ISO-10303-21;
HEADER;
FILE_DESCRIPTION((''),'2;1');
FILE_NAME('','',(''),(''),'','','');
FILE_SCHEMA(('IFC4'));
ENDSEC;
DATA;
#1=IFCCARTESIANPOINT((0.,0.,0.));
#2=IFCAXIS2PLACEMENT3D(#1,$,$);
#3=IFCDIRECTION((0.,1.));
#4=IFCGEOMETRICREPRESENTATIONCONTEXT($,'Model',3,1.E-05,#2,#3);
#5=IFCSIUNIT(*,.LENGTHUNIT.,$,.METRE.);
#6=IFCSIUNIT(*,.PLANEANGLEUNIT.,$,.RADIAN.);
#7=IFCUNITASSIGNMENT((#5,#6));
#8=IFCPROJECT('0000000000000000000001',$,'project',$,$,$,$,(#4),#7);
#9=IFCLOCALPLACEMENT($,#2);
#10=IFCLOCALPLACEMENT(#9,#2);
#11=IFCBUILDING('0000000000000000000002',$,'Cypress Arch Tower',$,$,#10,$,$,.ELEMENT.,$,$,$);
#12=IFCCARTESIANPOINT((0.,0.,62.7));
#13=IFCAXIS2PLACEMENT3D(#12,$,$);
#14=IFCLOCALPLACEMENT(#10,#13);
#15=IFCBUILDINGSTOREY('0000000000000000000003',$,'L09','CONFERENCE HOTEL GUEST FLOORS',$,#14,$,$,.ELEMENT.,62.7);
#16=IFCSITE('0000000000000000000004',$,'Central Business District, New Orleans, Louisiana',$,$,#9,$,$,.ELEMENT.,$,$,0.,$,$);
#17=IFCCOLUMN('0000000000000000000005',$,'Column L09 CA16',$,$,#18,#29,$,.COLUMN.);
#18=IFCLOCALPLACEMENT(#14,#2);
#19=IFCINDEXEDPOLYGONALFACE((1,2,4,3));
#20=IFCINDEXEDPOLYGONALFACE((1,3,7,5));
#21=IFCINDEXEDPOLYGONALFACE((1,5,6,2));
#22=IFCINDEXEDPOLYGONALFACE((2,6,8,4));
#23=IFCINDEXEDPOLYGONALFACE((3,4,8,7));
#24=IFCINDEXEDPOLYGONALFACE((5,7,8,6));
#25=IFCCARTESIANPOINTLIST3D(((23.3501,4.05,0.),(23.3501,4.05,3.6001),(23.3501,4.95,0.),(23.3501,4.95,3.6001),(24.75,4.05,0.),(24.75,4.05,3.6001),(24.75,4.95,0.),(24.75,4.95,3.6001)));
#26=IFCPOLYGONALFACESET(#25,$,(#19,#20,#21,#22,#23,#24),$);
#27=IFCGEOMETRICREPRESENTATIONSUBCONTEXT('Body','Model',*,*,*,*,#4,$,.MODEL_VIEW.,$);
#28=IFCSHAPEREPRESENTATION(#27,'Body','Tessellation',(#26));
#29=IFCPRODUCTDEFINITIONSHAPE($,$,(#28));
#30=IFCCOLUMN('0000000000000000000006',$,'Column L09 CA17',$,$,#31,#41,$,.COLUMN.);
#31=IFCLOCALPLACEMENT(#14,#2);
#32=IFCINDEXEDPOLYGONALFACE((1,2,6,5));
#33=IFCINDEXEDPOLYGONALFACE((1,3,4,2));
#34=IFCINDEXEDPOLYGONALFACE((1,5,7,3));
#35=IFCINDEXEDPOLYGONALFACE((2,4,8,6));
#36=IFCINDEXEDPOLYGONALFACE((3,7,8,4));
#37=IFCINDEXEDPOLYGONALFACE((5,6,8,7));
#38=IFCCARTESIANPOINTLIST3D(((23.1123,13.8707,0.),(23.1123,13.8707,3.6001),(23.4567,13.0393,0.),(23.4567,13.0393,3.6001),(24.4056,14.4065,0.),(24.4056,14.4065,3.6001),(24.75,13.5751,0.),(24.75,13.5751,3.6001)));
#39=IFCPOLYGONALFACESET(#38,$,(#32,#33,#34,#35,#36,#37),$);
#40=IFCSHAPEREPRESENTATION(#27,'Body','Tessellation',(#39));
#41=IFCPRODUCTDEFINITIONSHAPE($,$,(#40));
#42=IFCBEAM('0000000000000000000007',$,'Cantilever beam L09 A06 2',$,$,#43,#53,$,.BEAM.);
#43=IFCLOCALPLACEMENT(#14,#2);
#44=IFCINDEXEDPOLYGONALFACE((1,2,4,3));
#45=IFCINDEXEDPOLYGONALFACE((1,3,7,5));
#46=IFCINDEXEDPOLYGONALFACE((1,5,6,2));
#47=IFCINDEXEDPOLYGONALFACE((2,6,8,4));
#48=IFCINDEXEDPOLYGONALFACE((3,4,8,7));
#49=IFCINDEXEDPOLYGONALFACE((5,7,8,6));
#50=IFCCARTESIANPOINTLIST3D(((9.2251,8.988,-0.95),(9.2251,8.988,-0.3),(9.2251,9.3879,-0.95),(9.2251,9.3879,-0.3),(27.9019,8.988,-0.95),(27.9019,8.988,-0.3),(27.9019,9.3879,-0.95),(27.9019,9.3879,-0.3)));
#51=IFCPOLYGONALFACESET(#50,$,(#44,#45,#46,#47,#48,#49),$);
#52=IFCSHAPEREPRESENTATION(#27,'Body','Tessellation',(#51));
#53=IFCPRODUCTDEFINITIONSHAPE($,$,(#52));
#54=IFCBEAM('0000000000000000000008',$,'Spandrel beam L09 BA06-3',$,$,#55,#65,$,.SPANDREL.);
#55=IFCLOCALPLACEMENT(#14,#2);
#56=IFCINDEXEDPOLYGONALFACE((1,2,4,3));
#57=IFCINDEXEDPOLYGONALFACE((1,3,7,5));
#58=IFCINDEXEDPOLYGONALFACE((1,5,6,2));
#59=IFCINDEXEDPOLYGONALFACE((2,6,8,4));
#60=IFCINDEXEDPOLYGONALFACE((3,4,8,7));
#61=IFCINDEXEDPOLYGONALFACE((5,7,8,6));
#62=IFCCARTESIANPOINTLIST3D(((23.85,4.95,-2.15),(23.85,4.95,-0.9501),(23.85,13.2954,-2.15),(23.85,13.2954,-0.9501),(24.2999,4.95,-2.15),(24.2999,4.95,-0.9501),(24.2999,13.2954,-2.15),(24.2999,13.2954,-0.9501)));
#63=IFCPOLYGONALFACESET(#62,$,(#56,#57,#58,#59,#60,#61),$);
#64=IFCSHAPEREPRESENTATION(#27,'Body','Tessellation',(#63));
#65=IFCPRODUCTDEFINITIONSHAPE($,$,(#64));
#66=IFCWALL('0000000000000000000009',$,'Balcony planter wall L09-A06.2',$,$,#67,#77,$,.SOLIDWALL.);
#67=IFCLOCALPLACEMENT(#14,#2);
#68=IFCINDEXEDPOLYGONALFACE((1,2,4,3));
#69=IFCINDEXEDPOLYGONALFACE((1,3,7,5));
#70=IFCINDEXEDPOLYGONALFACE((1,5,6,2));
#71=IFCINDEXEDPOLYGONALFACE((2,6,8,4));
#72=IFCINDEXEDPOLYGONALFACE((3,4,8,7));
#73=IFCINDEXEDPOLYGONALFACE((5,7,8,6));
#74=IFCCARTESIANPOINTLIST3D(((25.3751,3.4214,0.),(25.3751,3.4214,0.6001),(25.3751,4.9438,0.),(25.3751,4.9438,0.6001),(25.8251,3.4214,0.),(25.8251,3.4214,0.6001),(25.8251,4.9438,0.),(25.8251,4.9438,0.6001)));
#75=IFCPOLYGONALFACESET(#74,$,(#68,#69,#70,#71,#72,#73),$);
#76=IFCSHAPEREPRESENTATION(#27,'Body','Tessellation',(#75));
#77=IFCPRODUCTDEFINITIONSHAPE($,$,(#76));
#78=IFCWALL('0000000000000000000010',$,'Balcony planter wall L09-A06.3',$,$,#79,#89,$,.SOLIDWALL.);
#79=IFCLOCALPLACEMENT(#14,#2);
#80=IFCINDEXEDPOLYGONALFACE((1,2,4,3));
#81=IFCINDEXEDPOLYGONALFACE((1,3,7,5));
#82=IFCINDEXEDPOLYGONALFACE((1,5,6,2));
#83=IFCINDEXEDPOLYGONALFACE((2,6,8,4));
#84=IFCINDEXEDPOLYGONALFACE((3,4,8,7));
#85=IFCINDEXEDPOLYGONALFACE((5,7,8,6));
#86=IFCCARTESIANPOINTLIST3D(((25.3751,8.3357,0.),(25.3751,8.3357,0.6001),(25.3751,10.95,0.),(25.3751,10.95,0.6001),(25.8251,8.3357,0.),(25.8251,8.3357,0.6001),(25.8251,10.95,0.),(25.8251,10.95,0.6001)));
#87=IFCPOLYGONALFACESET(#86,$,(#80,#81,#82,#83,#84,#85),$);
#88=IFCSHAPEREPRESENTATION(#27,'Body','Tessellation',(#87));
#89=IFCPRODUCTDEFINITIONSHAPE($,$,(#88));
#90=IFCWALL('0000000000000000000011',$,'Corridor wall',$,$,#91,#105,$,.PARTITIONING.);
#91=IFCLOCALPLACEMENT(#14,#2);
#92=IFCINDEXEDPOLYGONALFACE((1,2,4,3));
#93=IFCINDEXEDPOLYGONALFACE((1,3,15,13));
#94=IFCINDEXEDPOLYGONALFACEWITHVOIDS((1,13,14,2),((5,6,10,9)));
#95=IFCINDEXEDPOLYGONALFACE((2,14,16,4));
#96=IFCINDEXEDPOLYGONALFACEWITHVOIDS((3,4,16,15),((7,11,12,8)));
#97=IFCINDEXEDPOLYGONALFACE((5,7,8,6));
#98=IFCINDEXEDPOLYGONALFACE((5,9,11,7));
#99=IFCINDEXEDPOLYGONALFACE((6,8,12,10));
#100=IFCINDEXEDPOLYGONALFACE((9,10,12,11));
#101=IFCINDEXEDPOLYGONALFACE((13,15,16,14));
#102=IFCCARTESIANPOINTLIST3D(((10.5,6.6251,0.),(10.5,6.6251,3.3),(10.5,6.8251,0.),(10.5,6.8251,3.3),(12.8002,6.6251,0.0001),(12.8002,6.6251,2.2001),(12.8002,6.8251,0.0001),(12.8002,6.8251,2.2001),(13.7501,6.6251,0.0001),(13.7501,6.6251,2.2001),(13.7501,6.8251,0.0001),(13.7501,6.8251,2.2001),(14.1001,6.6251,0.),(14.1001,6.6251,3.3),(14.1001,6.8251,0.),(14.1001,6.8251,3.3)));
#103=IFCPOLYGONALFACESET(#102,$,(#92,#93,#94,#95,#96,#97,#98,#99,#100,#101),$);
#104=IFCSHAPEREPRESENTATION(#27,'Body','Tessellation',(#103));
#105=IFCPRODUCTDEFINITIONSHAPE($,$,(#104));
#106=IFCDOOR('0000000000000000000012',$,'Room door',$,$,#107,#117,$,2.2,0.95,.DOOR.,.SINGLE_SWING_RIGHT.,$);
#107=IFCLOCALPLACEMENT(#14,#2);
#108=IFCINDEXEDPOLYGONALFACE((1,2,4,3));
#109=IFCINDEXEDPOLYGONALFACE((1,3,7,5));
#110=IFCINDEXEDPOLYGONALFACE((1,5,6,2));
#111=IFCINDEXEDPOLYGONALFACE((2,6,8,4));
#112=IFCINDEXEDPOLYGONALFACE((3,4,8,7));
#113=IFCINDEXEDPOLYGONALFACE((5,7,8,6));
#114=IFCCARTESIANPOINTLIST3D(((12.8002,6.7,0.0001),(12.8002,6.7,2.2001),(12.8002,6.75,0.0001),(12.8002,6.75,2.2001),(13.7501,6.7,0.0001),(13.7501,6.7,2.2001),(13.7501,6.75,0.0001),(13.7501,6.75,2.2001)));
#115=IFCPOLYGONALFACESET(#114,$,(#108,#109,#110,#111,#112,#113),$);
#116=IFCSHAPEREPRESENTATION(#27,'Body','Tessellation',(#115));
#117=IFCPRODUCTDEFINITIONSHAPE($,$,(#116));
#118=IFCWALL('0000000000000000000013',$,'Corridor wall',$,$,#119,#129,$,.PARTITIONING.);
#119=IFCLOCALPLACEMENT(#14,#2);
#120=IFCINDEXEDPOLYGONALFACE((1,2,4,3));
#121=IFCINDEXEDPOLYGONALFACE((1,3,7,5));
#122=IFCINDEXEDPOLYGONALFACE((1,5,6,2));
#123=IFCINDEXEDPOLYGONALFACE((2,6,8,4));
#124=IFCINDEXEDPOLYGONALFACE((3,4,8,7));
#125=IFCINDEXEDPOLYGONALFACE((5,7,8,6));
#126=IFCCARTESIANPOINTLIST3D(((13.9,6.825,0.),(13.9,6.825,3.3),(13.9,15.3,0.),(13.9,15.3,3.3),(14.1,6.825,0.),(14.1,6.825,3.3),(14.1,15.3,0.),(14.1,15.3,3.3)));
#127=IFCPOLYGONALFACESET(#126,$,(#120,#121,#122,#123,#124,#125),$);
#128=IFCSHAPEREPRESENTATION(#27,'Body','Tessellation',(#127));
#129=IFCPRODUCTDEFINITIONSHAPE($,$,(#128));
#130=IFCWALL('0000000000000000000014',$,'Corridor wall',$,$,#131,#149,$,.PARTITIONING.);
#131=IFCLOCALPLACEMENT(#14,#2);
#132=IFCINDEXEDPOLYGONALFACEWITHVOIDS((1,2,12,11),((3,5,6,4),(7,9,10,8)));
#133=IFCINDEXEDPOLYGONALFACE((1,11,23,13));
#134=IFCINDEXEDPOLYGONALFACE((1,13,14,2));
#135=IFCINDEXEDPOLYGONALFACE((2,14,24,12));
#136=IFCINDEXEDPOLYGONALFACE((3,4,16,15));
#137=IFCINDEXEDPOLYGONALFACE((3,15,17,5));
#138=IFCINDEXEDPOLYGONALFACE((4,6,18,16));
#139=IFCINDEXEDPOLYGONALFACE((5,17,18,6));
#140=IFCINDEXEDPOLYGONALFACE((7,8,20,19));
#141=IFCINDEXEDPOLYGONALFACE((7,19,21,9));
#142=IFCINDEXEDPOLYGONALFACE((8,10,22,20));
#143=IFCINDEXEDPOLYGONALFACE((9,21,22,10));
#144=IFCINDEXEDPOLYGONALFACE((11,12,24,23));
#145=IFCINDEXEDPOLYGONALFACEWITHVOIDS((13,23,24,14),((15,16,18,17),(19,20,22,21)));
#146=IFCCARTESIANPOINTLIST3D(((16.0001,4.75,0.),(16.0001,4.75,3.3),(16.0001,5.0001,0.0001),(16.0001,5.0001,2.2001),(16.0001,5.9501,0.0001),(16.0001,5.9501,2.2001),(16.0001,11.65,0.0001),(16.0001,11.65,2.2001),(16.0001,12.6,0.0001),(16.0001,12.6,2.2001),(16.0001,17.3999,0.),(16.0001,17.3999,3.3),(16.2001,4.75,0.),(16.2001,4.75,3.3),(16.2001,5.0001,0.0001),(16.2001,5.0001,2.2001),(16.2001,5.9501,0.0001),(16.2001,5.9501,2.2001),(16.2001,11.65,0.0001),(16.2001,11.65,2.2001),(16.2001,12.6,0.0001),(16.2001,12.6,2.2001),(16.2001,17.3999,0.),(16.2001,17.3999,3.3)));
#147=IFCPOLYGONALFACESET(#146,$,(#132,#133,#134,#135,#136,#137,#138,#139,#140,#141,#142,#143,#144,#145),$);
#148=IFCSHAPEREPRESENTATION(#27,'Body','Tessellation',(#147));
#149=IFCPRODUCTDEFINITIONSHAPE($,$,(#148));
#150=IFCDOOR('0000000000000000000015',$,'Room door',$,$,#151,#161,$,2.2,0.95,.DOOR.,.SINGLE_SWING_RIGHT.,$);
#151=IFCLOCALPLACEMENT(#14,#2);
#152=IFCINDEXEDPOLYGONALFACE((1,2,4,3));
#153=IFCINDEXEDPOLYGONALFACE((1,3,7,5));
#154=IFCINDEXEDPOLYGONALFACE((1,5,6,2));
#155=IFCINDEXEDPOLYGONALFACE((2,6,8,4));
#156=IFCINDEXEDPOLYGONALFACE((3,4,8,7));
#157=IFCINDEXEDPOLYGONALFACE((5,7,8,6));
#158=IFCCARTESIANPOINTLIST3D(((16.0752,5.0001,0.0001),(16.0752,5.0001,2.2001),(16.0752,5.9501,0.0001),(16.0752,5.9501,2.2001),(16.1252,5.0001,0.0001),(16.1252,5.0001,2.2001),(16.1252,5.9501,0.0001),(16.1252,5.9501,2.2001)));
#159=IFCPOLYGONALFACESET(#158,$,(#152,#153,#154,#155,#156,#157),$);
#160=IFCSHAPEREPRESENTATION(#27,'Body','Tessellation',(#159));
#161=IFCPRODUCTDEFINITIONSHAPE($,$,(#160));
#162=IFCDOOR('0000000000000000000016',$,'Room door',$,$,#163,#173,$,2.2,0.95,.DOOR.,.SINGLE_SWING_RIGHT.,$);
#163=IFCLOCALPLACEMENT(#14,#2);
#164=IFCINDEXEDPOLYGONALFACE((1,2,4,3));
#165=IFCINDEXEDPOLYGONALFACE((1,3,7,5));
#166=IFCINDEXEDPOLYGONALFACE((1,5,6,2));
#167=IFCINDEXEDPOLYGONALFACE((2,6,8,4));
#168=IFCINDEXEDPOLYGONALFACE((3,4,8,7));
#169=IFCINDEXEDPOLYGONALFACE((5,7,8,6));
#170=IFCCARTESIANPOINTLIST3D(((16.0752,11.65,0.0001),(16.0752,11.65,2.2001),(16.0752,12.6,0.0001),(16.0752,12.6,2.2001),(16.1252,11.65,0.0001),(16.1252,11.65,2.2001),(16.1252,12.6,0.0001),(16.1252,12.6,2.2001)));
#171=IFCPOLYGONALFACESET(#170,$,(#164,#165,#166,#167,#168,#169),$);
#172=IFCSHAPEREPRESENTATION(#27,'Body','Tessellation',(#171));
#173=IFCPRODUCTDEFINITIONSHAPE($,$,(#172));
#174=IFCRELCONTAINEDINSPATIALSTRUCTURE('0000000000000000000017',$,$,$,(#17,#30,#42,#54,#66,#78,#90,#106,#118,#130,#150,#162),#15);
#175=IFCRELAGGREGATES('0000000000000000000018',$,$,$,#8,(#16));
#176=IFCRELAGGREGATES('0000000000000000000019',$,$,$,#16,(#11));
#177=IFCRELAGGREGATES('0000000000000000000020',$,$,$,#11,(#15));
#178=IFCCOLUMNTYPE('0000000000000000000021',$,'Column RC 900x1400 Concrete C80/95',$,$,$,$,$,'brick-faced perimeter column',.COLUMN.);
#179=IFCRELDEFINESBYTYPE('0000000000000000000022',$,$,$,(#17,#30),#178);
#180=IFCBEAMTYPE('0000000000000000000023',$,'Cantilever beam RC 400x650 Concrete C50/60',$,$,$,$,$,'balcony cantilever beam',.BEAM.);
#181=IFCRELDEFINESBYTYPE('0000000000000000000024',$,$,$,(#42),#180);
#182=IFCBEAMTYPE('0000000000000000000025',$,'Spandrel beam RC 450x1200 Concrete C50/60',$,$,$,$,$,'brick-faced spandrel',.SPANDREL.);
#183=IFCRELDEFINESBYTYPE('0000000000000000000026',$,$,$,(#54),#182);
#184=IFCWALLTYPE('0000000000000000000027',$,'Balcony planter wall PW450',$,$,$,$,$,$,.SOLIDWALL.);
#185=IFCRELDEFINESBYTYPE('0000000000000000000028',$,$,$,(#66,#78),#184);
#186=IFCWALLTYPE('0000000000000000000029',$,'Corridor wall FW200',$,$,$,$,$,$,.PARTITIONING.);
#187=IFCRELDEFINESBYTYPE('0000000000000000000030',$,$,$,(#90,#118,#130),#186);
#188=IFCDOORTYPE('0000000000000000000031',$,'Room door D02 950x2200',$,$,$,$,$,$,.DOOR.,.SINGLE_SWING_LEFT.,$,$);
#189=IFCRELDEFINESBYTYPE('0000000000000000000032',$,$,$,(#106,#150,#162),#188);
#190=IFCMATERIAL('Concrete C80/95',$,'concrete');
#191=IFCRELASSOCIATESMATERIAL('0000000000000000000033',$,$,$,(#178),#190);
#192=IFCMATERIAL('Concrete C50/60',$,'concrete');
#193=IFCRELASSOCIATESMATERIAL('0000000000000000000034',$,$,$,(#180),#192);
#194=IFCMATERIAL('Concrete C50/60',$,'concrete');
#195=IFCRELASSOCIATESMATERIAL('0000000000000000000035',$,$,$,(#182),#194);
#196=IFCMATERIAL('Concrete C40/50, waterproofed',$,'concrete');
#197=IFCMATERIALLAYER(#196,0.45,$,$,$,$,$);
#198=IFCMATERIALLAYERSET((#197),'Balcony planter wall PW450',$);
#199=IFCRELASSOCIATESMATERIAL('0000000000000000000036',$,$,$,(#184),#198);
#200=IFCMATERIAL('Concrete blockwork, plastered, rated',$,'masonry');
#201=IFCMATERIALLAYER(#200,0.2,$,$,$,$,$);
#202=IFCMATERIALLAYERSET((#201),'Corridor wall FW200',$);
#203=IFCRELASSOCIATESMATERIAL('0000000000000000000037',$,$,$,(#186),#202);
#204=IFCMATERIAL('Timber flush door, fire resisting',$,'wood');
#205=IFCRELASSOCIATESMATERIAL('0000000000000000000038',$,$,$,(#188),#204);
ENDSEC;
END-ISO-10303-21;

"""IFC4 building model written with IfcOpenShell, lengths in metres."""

from ifc_helpers import new_model, si_unit, direction, frame, frame_2d, origin, origin_2d, place, context, subcontext, project, spatial, rectangle, extrude, material, layer, layer_set, material_profile, profile_set, type_object, element, fill, save


model = new_model("IFC4")

# Units and contexts
model_context = context("Model", 3, precision=1e-05, world=origin(), true_north=direction((0.0, 1.0)))
body_context = subcontext(model_context, "Body", "Model", "MODEL_VIEW")
ifc_project = project(units=[si_unit("LENGTHUNIT", "METRE"), si_unit("PLANEANGLEUNIT", "RADIAN")], contexts=[model_context])

# Site, building, storey
site_placement = place(None, origin())
site = spatial("IfcSite", under=ifc_project, at=site_placement, Name="Central Business District, New Orleans, Louisiana", CompositionType="ELEMENT", RefElevation=0.0)
building_placement = place(site_placement, origin())
building = spatial("IfcBuilding", under=site, at=building_placement, Name="Cypress Arch Tower", CompositionType="ELEMENT")
storey_placement = place(building_placement, frame((0.0, 0.0, 62.7)))
storey = spatial("IfcBuildingStorey", under=building, at=storey_placement, Name="L09", Description="CONFERENCE HOTEL GUEST FLOORS", CompositionType="ELEMENT", Elevation=62.7)

# Columns
ifc_material_1 = material(Name="Concrete C80/95", Category="concrete")
ifc_material_profile_1 = material_profile(ifc_material_1, rectangle(XDim=0.8999, YDim=1.3999, at=origin_2d()), Name="RC 900x1400")
ifc_profile_set_1 = profile_set([ifc_material_profile_1], Name="Concrete C80/95")
column_type = type_object("IfcColumnType", Name="Column RC 900x1400 Concrete C80/95", ElementType="brick-faced perimeter column", PredefinedType="COLUMN", material=ifc_profile_set_1)
for number, where, z_axis, x_axis, name in (
    (1, (24.05, 4.5, 0.0), (0.0, 0.0, 1.0), (0.0, 1.0, 0.0), "Column L09 CA16"),
    (2, (23.9312, 13.7229, 0.0), (0.0, 0.0, 1.0), (-0.382683, 0.92388, 0.0), "Column L09 CA17"),
):
    element("IfcColumn", number, at=place(storey_placement, frame(where, z_axis=z_axis, x_axis=x_axis)), inside=storey, type_object=column_type, Name=name, PredefinedType="COLUMN", context=body_context, shape_type="SweptSolid", body=[
        extrude(rectangle(XDim=0.8999, YDim=1.3999, at=origin_2d()), origin(), (0.0, 0.0, 1.0), 3.6001),
    ])

# Beams
ifc_material_2 = material(Name="Concrete C50/60", Category="concrete")
ifc_material_profile_2 = material_profile(ifc_material_2, rectangle(XDim=0.3999, YDim=0.6499, at=origin_2d()), Name="RC 400x650")
ifc_profile_set_2 = profile_set([ifc_material_profile_2], Name="Concrete C50/60")
beam_type_1 = type_object("IfcBeamType", Name="Cantilever beam RC 400x650 Concrete C50/60", ElementType="balcony cantilever beam", PredefinedType="BEAM", material=ifc_profile_set_2)
beam_1_placement = place(storey_placement, frame((9.2251, 9.188, -0.625), z_axis=(1.0, 0.0, 0.0), x_axis=(0.0, 1.0, 0.0)))
element("IfcBeam", 3, at=beam_1_placement, inside=storey, type_object=beam_type_1, Name="Cantilever beam L09 A06 2", PredefinedType="BEAM", context=body_context, shape_type="SweptSolid", body=[
    extrude(rectangle(XDim=0.3999, YDim=0.6499, at=origin_2d()), origin(), (0.0, 0.0, 1.0), 18.6768),
])
ifc_material_3 = material(Name="Concrete C50/60", Category="concrete")
ifc_material_profile_3 = material_profile(ifc_material_3, rectangle(XDim=0.45, YDim=1.2, at=origin_2d()), Name="RC 450x1200")
ifc_profile_set_3 = profile_set([ifc_material_profile_3], Name="Concrete C50/60")
beam_type_2 = type_object("IfcBeamType", Name="Spandrel beam RC 450x1200 Concrete C50/60", ElementType="brick-faced spandrel", PredefinedType="SPANDREL", material=ifc_profile_set_3)
beam_2_placement = place(storey_placement, frame((24.075, 4.95, -1.55), z_axis=(0.0, 1.0, 0.0), x_axis=(-1.0, 0.0, 0.0)))
element("IfcBeam", 4, at=beam_2_placement, inside=storey, type_object=beam_type_2, Name="Spandrel beam L09 BA06-3", PredefinedType="SPANDREL", context=body_context, shape_type="SweptSolid", body=[
    extrude(rectangle(XDim=0.45, YDim=1.2, at=origin_2d()), origin(), (0.0, 0.0, 1.0), 8.3455),
])

# Walls
ifc_material_4 = material(Name="Concrete C40/50, waterproofed", Category="concrete")
ifc_layer_1 = layer(ifc_material_4, 0.45)
ifc_layer_set_1 = layer_set([ifc_layer_1], Name="Balcony planter wall PW450")
wall_type_1 = type_object("IfcWallType", Name="Balcony planter wall PW450", PredefinedType="SOLIDWALL", material=ifc_layer_set_1)
wall_1_placement = place(storey_placement, frame((25.6001, 3.4214, 0.0), z_axis=(0.0, 0.0, 1.0), x_axis=(0.0, 1.0, 0.0)))
element("IfcWall", 5, at=wall_1_placement, inside=storey, type_object=wall_type_1, Name="Balcony planter wall L09-A06.2", PredefinedType="SOLIDWALL", context=body_context, shape_type="SweptSolid", body=[
    extrude(rectangle(XDim=1.5225, YDim=0.45, at=frame_2d((0.7612, 0.0))), origin(), (0.0, 0.0, 1.0), 0.6001),
])
wall_2_placement = place(storey_placement, frame((25.6001, 8.3357, 0.0), z_axis=(0.0, 0.0, 1.0), x_axis=(0.0, 1.0, 0.0)))
element("IfcWall", 6, at=wall_2_placement, inside=storey, type_object=wall_type_1, Name="Balcony planter wall L09-A06.3", PredefinedType="SOLIDWALL", context=body_context, shape_type="SweptSolid", body=[
    extrude(rectangle(XDim=2.6143, YDim=0.45, at=frame_2d((1.3071, 0.0))), origin(), (0.0, 0.0, 1.0), 0.6001),
])

# Wall, opening, door
ifc_material_5 = material(Name="Concrete blockwork, plastered, rated", Category="masonry")
ifc_layer_2 = layer(ifc_material_5, 0.2)
ifc_layer_set_2 = layer_set([ifc_layer_2], Name="Corridor wall FW200")
wall_type_2 = type_object("IfcWallType", Name="Corridor wall FW200", PredefinedType="PARTITIONING", material=ifc_layer_set_2)
wall_3_placement = place(storey_placement, frame((10.5, 6.7251, 0.0), z_axis=(0.0, 0.0, 1.0), x_axis=(1.0, 0.0, 0.0)))
wall_3 = element("IfcWall", 7, at=wall_3_placement, inside=storey, type_object=wall_type_2, Name="Corridor wall", PredefinedType="PARTITIONING", context=body_context, shape_type="SweptSolid", body=[
    extrude(rectangle(XDim=3.6001, YDim=0.2, at=frame_2d((1.8, 0.0))), origin(), (0.0, 0.0, 1.0), 3.3),
])
opening_1_placement = place(wall_3_placement, frame((2.3, 0.0, 0.0)))
opening_1 = element("IfcOpeningElement", 8, at=opening_1_placement, cuts=wall_3, PredefinedType="OPENING", context=body_context, shape_type="SweptSolid", body=[
    extrude(rectangle(XDim=0.95, YDim=2.2, at=frame_2d((0.4751, 1.1001))), frame((0.0, 0.1099, 0.0), z_axis=(0.0, -1.0, 0.0), x_axis=(1.0, 0.0, 0.0)), (0.0, 0.0, 1.0), 0.22),
])
ifc_material_6 = material(Name="Timber flush door, fire resisting", Category="wood")
door_type_1 = type_object("IfcDoorType", Name="Room door D02 950x2200", OperationType="SINGLE_SWING_LEFT", PredefinedType="DOOR", material=ifc_material_6)
door_1_placement = place(opening_1_placement, origin())
door_1 = element("IfcDoor", 9, at=door_1_placement, inside=storey, type_object=door_type_1, Name="Room door", OperationType="SINGLE_SWING_RIGHT", OverallHeight=2.2, OverallWidth=0.95, PredefinedType="DOOR", context=body_context, shape_type="SweptSolid", body=[
    extrude(rectangle(XDim=0.95, YDim=2.2, at=frame_2d((0.4751, 1.1001))), frame((0.0, 0.0249, 0.0), z_axis=(0.0, -1.0, 0.0), x_axis=(1.0, 0.0, 0.0)), (0.0, 0.0, 1.0), 0.05),
])
fill(opening_1, door_1)

# Wall
wall_4_placement = place(storey_placement, frame((14.0, 6.825, 0.0), z_axis=(0.0, 0.0, 1.0), x_axis=(0.0, 1.0, 0.0)))
element("IfcWall", 10, at=wall_4_placement, inside=storey, type_object=wall_type_2, Name="Corridor wall", PredefinedType="PARTITIONING", context=body_context, shape_type="SweptSolid", body=[
    extrude(rectangle(XDim=8.4751, YDim=0.2, at=frame_2d((4.2375, 0.0))), origin(), (0.0, 0.0, 1.0), 3.3),
])

# Wall, openings, doors
wall_5_placement = place(storey_placement, frame((16.1001, 4.75, 0.0), z_axis=(0.0, 0.0, 1.0), x_axis=(0.0, 1.0, 0.0)))
wall_5 = element("IfcWall", 11, at=wall_5_placement, inside=storey, type_object=wall_type_2, Name="Corridor wall", PredefinedType="PARTITIONING", context=body_context, shape_type="SweptSolid", body=[
    extrude(rectangle(XDim=12.6499, YDim=0.2, at=frame_2d((6.325, 0.0))), origin(), (0.0, 0.0, 1.0), 3.3),
])
opening_2_placement = place(wall_5_placement, frame((0.25, 0.0, 0.0)))
opening_2 = element("IfcOpeningElement", 12, at=opening_2_placement, cuts=wall_5, PredefinedType="OPENING", context=body_context, shape_type="SweptSolid", body=[
    extrude(rectangle(XDim=0.95, YDim=2.2, at=frame_2d((0.4751, 1.1001))), frame((0.0, 0.1099, 0.0), z_axis=(0.0, -1.0, 0.0), x_axis=(1.0, 0.0, 0.0)), (0.0, 0.0, 1.0), 0.22),
])
opening_3_placement = place(wall_5_placement, frame((6.8999, 0.0, 0.0)))
opening_3 = element("IfcOpeningElement", 13, at=opening_3_placement, cuts=wall_5, PredefinedType="OPENING", context=body_context, shape_type="SweptSolid", body=[
    extrude(rectangle(XDim=0.95, YDim=2.2, at=frame_2d((0.4751, 1.1001))), frame((0.0, 0.1099, 0.0), z_axis=(0.0, -1.0, 0.0), x_axis=(1.0, 0.0, 0.0)), (0.0, 0.0, 1.0), 0.22),
])
door_2_placement = place(opening_2_placement, origin())
door_2 = element("IfcDoor", 14, at=door_2_placement, inside=storey, type_object=door_type_1, Name="Room door", OperationType="SINGLE_SWING_RIGHT", OverallHeight=2.2, OverallWidth=0.95, PredefinedType="DOOR", context=body_context, shape_type="SweptSolid", body=[
    extrude(rectangle(XDim=0.95, YDim=2.2, at=frame_2d((0.4751, 1.1001))), frame((0.0, 0.0249, 0.0), z_axis=(0.0, -1.0, 0.0), x_axis=(1.0, 0.0, 0.0)), (0.0, 0.0, 1.0), 0.05),
])
fill(opening_2, door_2)
door_3_placement = place(opening_3_placement, origin())
door_3 = element("IfcDoor", 15, at=door_3_placement, inside=storey, type_object=door_type_1, Name="Room door", OperationType="SINGLE_SWING_RIGHT", OverallHeight=2.2, OverallWidth=0.95, PredefinedType="DOOR", context=body_context, shape_type="SweptSolid", body=[
    extrude(rectangle(XDim=0.95, YDim=2.2, at=frame_2d((0.4751, 1.1001))), frame((0.0, 0.0249, 0.0), z_axis=(0.0, -1.0, 0.0), x_axis=(1.0, 0.0, 0.0)), (0.0, 0.0, 1.0), 0.05),
])
fill(opening_3, door_3)

save(model, "model.ifc")
